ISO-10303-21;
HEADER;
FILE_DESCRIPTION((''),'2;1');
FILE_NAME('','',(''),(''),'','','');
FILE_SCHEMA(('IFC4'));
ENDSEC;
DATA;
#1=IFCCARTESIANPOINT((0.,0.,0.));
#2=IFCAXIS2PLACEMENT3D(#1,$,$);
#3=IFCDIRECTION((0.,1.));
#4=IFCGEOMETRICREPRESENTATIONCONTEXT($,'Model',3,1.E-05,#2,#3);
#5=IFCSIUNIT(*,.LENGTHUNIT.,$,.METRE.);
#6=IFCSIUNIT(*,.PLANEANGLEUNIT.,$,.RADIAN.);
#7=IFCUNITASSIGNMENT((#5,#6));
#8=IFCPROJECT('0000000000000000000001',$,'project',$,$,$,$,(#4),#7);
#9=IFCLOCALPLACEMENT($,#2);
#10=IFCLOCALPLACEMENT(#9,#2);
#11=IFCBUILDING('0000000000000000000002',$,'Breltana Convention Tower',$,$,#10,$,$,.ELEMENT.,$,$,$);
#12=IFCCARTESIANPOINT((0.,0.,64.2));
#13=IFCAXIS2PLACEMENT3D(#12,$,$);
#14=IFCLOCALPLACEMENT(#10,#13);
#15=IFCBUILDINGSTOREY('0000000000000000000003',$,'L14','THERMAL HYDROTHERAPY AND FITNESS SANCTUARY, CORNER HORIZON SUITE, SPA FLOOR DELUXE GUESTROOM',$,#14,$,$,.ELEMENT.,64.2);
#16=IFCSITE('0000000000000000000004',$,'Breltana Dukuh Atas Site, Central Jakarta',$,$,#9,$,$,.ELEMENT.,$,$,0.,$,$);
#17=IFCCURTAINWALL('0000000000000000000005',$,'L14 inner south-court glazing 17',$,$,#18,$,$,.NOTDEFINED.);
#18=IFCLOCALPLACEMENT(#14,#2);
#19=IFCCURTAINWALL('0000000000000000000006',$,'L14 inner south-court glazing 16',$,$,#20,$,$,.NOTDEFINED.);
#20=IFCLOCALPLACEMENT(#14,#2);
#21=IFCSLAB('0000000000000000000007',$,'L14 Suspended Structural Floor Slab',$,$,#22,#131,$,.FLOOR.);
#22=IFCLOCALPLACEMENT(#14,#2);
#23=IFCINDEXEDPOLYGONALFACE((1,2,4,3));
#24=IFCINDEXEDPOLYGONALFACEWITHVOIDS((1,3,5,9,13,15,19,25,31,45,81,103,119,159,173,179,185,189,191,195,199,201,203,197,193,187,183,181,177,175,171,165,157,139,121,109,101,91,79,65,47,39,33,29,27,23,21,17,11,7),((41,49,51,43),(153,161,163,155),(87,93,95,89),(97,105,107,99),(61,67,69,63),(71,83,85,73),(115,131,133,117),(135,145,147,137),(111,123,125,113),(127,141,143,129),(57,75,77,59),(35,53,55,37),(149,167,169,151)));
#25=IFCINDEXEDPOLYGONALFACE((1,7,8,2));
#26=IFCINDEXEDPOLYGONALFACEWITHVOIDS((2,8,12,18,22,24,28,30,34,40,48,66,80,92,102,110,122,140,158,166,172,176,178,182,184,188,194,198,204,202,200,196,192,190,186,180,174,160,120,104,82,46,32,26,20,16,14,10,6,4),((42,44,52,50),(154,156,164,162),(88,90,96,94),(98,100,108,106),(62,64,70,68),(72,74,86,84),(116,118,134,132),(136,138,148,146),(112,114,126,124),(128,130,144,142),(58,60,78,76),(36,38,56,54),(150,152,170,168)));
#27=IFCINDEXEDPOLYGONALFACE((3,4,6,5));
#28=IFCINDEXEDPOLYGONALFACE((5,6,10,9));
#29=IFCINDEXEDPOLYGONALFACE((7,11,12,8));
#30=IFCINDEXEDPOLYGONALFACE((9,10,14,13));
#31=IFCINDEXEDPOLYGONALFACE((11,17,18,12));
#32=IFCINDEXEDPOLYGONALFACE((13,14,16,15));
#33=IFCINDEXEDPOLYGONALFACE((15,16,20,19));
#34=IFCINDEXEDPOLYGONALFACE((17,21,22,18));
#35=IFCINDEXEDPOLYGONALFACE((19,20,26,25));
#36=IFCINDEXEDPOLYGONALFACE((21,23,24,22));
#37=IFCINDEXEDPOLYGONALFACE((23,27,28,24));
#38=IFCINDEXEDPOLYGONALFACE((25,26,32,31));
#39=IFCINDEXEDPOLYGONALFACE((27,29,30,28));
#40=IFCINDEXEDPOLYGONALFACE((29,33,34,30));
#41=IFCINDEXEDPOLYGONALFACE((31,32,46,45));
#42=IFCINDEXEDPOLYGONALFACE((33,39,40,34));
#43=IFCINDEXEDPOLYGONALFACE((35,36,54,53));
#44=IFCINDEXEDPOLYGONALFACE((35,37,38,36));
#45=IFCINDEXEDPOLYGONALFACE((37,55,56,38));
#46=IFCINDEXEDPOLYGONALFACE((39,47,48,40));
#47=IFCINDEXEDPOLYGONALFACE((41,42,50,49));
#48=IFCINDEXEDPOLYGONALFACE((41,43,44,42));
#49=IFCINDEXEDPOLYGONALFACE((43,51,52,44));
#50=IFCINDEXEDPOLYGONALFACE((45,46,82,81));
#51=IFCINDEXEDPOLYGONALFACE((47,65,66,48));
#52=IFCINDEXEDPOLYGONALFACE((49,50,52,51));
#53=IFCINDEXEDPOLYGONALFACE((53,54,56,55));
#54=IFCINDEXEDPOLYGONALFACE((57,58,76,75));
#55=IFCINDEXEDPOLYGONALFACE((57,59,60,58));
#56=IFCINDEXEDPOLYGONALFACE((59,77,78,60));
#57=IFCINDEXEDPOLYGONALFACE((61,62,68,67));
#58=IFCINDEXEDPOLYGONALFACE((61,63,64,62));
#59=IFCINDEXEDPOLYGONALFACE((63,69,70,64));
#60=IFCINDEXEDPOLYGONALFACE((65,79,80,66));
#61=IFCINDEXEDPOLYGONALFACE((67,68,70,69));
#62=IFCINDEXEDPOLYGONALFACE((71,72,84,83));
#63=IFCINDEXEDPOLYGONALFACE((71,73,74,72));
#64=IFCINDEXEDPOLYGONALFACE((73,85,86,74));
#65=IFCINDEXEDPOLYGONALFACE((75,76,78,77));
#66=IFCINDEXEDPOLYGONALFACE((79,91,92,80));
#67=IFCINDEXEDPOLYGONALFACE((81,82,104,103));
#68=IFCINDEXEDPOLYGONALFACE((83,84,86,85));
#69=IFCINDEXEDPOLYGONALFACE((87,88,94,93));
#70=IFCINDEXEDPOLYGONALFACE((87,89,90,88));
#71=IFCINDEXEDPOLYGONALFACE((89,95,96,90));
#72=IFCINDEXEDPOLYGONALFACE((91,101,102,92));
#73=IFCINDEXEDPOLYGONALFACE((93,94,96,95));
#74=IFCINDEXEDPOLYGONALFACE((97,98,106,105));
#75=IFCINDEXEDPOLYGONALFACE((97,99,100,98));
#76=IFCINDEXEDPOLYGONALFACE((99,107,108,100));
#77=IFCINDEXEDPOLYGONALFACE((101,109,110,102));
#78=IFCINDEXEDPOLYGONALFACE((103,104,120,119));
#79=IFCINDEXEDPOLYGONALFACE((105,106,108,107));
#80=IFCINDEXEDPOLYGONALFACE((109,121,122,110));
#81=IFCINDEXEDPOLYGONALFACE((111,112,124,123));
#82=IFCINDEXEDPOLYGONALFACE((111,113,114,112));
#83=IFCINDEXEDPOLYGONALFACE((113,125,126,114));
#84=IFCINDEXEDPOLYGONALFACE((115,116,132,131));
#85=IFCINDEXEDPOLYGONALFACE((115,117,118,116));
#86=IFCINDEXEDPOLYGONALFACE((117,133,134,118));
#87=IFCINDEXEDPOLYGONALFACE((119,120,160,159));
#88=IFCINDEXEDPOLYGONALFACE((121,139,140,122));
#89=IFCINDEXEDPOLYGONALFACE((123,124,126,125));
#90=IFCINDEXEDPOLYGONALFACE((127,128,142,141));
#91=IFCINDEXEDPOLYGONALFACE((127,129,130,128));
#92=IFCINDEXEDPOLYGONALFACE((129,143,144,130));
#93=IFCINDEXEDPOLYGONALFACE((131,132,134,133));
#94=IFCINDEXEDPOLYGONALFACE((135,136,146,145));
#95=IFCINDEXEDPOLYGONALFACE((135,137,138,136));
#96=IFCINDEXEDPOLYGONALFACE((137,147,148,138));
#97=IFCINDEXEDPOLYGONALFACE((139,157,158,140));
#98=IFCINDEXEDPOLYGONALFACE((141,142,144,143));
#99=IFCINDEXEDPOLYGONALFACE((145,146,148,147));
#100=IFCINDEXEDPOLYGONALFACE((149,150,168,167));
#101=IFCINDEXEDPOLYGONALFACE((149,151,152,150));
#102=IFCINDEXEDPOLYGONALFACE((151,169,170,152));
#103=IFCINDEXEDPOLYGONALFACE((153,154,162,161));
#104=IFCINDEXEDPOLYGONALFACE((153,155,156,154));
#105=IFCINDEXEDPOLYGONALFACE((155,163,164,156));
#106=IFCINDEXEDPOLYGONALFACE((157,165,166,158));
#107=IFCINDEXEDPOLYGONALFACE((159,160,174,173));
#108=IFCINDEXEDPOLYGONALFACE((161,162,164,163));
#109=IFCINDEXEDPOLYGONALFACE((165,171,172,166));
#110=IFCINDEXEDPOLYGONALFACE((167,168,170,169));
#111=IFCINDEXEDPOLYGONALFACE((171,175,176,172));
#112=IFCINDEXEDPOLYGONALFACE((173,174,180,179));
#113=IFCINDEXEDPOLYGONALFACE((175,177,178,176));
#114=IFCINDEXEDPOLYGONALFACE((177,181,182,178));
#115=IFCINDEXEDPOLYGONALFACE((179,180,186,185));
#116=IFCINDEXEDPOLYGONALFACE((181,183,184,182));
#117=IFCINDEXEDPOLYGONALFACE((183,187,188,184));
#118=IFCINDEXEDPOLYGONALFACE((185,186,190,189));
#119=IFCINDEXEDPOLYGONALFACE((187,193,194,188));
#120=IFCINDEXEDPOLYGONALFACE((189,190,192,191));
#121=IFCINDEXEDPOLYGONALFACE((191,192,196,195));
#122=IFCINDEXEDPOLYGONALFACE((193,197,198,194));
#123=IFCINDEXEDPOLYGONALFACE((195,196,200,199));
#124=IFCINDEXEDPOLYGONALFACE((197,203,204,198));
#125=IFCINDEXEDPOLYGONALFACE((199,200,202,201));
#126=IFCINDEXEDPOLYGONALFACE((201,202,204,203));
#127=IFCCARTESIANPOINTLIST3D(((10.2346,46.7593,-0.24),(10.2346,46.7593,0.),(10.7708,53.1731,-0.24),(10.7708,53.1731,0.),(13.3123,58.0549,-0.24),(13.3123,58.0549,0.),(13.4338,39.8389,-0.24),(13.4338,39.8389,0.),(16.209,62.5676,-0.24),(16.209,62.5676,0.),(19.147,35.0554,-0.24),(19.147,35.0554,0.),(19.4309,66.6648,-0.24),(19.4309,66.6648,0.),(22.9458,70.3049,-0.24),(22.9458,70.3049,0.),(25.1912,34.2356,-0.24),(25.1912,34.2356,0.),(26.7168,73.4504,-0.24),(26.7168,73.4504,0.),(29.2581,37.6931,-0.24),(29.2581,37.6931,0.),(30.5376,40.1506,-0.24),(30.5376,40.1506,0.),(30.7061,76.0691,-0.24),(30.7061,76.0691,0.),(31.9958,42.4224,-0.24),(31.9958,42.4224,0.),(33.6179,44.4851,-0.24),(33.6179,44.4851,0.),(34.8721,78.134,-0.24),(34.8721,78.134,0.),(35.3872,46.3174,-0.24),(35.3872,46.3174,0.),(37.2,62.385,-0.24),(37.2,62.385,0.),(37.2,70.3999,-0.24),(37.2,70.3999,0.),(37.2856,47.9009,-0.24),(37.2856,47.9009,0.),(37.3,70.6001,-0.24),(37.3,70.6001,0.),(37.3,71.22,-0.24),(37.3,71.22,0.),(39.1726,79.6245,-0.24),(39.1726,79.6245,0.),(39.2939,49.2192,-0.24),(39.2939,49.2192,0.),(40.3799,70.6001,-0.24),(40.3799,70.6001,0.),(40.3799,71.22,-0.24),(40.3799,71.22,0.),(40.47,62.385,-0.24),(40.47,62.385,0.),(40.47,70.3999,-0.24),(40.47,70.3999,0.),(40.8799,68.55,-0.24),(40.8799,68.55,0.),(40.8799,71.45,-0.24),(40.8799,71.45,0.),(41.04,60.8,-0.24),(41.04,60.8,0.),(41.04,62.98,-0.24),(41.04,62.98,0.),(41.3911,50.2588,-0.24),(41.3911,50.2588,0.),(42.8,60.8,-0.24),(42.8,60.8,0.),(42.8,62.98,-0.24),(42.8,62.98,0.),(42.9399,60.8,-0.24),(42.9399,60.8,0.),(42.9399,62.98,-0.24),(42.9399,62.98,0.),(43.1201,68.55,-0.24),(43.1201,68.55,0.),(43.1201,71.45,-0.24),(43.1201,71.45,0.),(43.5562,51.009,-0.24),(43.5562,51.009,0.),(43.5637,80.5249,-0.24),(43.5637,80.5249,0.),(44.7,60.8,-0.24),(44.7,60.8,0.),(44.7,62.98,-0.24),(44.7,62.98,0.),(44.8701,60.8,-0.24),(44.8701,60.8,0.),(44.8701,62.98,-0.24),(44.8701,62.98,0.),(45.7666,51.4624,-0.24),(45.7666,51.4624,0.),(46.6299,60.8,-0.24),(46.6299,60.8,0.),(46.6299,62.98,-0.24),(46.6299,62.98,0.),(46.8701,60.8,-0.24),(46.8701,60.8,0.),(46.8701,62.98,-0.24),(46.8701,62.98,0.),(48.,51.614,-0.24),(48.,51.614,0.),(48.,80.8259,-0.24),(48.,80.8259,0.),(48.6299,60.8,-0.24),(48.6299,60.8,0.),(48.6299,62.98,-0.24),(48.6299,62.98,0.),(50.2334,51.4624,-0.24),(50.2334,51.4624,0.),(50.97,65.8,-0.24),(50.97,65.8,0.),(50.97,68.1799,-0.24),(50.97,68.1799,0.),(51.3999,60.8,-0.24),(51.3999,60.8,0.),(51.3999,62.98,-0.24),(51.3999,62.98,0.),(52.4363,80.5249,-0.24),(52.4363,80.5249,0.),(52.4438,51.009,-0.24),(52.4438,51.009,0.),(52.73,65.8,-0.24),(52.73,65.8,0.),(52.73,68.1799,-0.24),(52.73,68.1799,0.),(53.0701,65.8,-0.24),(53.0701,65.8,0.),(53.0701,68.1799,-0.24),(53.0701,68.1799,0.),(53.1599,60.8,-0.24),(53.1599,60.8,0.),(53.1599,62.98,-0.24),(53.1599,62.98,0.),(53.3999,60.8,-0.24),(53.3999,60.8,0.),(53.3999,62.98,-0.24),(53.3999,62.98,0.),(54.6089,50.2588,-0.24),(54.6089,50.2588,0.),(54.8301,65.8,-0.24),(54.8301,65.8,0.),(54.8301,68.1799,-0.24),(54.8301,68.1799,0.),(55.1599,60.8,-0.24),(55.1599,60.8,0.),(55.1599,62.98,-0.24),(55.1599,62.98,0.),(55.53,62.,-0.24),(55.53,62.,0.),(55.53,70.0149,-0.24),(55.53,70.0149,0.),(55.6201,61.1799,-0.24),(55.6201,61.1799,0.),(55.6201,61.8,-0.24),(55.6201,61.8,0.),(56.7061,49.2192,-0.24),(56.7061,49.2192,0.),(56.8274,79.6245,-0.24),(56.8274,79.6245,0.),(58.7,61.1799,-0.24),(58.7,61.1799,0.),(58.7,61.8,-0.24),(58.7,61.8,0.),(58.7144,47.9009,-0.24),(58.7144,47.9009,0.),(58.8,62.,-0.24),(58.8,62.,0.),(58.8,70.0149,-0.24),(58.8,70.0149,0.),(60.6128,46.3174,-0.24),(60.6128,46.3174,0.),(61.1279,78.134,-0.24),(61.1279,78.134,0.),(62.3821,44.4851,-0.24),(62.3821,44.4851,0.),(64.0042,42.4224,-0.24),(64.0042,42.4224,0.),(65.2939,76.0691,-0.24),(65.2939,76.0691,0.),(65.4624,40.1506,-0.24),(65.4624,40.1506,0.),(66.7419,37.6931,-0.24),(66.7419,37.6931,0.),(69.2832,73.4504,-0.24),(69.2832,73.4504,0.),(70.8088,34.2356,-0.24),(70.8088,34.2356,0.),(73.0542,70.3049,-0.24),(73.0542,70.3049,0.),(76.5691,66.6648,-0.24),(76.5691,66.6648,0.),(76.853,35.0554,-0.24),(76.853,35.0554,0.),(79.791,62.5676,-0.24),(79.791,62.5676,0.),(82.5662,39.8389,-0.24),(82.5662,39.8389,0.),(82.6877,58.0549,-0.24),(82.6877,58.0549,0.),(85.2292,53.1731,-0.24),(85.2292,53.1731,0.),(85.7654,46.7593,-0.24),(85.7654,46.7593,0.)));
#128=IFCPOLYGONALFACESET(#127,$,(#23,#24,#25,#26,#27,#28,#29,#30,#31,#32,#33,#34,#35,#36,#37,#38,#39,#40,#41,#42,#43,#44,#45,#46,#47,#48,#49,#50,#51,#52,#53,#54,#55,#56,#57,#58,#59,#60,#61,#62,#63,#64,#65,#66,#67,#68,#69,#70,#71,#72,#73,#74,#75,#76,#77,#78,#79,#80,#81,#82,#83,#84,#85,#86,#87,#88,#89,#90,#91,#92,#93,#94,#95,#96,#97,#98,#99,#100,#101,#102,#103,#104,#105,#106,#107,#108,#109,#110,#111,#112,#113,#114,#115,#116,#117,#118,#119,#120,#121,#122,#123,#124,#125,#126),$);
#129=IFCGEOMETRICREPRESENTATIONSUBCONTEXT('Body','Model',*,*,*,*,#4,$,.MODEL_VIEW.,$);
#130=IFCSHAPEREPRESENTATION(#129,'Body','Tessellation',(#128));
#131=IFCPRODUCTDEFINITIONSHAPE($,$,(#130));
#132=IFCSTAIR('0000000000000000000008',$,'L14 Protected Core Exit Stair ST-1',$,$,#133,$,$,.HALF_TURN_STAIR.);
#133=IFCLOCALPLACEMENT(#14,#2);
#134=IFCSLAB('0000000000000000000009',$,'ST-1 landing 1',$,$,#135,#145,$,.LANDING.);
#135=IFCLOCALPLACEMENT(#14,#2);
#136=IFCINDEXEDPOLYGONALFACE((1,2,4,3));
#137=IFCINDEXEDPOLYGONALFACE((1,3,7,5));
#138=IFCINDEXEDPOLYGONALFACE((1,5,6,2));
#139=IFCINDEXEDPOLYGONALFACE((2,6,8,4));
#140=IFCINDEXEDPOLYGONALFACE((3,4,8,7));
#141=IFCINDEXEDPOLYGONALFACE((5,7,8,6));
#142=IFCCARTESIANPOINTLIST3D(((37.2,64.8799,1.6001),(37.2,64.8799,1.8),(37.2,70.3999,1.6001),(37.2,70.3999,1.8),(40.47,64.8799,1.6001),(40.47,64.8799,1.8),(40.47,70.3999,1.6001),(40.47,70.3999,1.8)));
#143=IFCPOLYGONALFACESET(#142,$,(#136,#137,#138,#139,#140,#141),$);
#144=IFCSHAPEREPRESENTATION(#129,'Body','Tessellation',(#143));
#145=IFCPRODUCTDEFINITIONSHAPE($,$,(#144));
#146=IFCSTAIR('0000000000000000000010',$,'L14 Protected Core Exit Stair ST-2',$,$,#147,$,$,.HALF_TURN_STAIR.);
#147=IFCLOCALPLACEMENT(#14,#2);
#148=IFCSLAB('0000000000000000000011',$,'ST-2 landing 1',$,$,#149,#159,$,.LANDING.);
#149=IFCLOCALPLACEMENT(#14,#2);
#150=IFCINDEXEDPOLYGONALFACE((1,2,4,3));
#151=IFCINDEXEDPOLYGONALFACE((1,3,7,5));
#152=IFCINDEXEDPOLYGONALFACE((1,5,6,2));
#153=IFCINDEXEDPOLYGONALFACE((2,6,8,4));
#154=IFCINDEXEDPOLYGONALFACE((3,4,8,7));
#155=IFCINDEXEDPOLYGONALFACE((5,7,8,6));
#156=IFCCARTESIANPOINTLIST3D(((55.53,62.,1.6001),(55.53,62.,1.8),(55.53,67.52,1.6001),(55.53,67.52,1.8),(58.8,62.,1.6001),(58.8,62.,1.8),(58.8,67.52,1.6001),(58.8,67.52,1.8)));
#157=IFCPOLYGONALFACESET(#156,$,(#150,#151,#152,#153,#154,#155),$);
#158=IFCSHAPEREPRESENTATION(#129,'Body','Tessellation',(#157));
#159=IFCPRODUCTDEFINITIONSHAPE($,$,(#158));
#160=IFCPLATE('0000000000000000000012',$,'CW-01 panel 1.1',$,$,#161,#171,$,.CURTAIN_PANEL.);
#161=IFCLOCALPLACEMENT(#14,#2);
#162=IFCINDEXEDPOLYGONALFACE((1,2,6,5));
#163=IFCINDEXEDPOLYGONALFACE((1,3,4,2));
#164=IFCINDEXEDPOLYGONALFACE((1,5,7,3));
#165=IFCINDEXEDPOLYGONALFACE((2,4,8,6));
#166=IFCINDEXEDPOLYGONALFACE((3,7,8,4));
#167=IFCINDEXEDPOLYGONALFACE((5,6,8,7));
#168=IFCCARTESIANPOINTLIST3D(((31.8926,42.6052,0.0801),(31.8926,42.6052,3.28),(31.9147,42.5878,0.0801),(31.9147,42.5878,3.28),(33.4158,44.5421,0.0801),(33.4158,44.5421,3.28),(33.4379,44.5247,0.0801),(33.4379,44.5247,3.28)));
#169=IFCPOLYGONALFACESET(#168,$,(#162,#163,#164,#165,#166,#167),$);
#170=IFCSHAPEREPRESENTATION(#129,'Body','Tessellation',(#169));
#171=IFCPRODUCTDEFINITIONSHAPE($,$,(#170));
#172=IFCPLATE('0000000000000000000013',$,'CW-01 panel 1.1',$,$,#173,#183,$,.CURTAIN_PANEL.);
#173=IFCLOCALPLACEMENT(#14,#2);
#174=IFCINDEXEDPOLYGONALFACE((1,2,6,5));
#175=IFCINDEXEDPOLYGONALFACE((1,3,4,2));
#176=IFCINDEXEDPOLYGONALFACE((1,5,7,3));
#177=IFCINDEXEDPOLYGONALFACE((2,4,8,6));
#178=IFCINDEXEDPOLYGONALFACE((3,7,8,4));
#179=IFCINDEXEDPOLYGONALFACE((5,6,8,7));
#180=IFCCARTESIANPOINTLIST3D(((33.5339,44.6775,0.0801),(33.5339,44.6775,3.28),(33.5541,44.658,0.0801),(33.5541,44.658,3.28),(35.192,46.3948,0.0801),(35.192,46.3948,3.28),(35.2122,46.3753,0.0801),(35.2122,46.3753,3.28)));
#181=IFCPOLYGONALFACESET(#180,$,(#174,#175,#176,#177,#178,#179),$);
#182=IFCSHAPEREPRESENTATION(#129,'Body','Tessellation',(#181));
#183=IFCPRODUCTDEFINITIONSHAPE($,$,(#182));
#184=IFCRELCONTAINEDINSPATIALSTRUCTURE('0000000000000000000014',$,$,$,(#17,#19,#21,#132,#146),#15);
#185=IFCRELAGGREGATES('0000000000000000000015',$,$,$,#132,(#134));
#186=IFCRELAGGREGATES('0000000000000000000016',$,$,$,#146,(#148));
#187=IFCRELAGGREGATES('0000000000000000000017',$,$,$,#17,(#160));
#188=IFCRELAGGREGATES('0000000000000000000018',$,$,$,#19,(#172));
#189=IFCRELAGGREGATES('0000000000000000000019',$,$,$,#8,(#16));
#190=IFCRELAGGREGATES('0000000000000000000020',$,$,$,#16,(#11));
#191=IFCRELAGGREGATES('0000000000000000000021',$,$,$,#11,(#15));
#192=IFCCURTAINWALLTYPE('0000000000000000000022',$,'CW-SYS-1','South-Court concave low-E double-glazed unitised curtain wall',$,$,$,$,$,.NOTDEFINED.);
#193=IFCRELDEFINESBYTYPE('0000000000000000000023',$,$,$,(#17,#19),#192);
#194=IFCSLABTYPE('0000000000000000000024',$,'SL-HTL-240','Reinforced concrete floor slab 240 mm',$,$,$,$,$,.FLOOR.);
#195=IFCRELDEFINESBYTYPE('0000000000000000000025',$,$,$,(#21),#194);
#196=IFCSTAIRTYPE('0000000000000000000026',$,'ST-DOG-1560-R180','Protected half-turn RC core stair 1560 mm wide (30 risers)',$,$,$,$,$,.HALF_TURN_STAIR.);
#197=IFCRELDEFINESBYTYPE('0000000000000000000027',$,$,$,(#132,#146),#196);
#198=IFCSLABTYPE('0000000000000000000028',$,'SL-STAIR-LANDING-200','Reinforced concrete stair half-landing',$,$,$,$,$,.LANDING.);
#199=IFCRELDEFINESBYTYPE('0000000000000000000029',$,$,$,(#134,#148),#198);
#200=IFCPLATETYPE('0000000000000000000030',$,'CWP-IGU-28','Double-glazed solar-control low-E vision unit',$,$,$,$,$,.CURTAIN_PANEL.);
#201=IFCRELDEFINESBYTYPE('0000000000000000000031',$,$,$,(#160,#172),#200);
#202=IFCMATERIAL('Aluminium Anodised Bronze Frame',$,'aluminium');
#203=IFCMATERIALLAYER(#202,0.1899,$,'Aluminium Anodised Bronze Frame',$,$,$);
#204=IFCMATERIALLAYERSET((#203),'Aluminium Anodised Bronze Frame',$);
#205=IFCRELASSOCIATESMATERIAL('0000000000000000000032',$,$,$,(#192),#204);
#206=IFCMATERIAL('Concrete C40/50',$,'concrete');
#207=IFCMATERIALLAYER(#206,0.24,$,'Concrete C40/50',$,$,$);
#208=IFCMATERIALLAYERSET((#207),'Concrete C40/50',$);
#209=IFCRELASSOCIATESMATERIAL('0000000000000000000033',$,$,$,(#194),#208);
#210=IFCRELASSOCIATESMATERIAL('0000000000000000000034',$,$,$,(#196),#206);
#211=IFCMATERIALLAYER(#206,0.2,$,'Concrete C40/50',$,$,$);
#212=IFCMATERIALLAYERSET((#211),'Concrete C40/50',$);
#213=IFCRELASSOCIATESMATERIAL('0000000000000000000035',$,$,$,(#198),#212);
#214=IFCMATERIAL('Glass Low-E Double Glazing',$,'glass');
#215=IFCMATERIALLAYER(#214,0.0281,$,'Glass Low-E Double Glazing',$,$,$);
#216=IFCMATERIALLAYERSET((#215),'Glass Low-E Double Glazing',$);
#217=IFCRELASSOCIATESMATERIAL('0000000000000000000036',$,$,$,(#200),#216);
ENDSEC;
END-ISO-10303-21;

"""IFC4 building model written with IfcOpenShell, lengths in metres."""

from ifc_helpers import new_model, si_unit, direction, frame, origin, origin_2d, place, context, subcontext, project, spatial, polyline, rectangle, outline, extrude, source, transform, mapped, material, layer, layer_set, type_object, element, aggregate, save


model = new_model("IFC4")

# Units and contexts
model_context = context("Model", 3, precision=1e-05, world=origin(), true_north=direction((0.0, 1.0)))
body_context = subcontext(model_context, "Body", "Model", "MODEL_VIEW")
ifc_project = project(units=[si_unit("LENGTHUNIT", "METRE"), si_unit("PLANEANGLEUNIT", "RADIAN")], contexts=[model_context])

# Site, building, storey
site_placement = place(None, origin())
site = spatial("IfcSite", under=ifc_project, at=site_placement, Name="Breltana Dukuh Atas Site, Central Jakarta", CompositionType="ELEMENT", RefElevation=0.0)
building_placement = place(site_placement, origin())
building = spatial("IfcBuilding", under=site, at=building_placement, Name="Breltana Convention Tower", CompositionType="ELEMENT")
storey_placement = place(building_placement, frame((0.0, 0.0, 64.2)))
storey = spatial("IfcBuildingStorey", under=building, at=storey_placement, Name="L14", Description="THERMAL HYDROTHERAPY AND FITNESS SANCTUARY, CORNER HORIZON SUITE, SPA FLOOR DELUXE GUESTROOM", CompositionType="ELEMENT", Elevation=64.2)

# Curtain wall
ifc_material_1 = material(Name="Aluminium Anodised Bronze Frame", Category="aluminium")
ifc_layer_1 = layer(ifc_material_1, 0.1899, Name="Aluminium Anodised Bronze Frame")
ifc_layer_set_1 = layer_set([ifc_layer_1], Name="Aluminium Anodised Bronze Frame")
curtain_wall_type = type_object("IfcCurtainWallType", Name="CW-SYS-1", Description="South-Court concave low-E double-glazed unitised curtain wall", PredefinedType="NOTDEFINED", material=ifc_layer_set_1)
curtain_wall_1_placement = place(storey_placement, origin())
curtain_wall_1 = element("IfcCurtainWall", 1, at=curtain_wall_1_placement, inside=storey, type_object=curtain_wall_type, Name="L14 inner south-court glazing 17", PredefinedType="NOTDEFINED")

# Curtain wall
curtain_wall_2_placement = place(storey_placement, origin())
curtain_wall_2 = element("IfcCurtainWall", 2, at=curtain_wall_2_placement, inside=storey, type_object=curtain_wall_type, Name="L14 inner south-court glazing 16", PredefinedType="NOTDEFINED")

# Slab
ifc_material_2 = material(Name="Concrete C40/50", Category="concrete")
ifc_layer_2 = layer(ifc_material_2, 0.24, Name="Concrete C40/50")
ifc_layer_set_2 = layer_set([ifc_layer_2], Name="Concrete C40/50")
slab_type_1 = type_object("IfcSlabType", Name="SL-HTL-240", Description="Reinforced concrete floor slab 240 mm", PredefinedType="FLOOR", material=ifc_layer_set_2)
slab_1_placement = place(storey_placement, frame((0.0, 0.0, -0.24)))
element("IfcSlab", 3, at=slab_1_placement, inside=storey, type_object=slab_type_1, Name="L14 Suspended Structural Floor Slab", PredefinedType="FLOOR", context=body_context, shape_type="SweptSolid", body=[
    extrude(outline(polyline([(85.2292, 53.1731), (82.6877, 58.0549), (79.791, 62.5676), (76.5691, 66.6648), (73.0542, 70.3049), (69.2832, 73.4504), (65.2939, 76.0691), (61.1279, 78.134), (56.8274, 79.6245), (52.4363, 80.5249), (48.0, 80.8259), (43.5637, 80.5249), (39.1726, 79.6245), (34.8721, 78.134), (30.7061, 76.0691), (26.7168, 73.4504), (22.9458, 70.3049), (19.4309, 66.6648), (16.209, 62.5676), (13.3123, 58.0549), (10.7708, 53.1731), (10.2346, 46.7593), (13.4338, 39.8389), (19.147, 35.0554), (25.1912, 34.2356), (29.2581, 37.6931), (30.5376, 40.1506), (31.9958, 42.4224), (33.6179, 44.4851), (35.3872, 46.3174), (37.2856, 47.9009), (39.2939, 49.2192), (41.3911, 50.2588), (43.5562, 51.009), (45.7666, 51.4624), (48.0, 51.614), (50.2334, 51.4624), (52.4438, 51.009), (54.6089, 50.2588), (56.7061, 49.2192), (58.7144, 47.9009), (60.6128, 46.3174), (62.3821, 44.4851), (64.0042, 42.4224), (65.4624, 40.1506), (66.7419, 37.6931), (70.8088, 34.2356), (76.853, 35.0554), (82.5662, 39.8389), (85.7654, 46.7593), (85.2292, 53.1731)]), holes=[polyline([(37.2, 62.385), (40.47, 62.385), (40.47, 70.3999), (37.2, 70.3999), (37.2, 62.385)]), polyline([(55.53, 62.0), (58.8, 62.0), (58.8, 70.0149), (55.53, 70.0149), (55.53, 62.0)]), polyline([(41.04, 60.8), (42.8, 60.8), (42.8, 62.98), (41.04, 62.98), (41.04, 60.8)]), polyline([(42.9399, 60.8), (44.7, 60.8), (44.7, 62.98), (42.9399, 62.98), (42.9399, 60.8)]), polyline([(44.8701, 60.8), (46.6299, 60.8), (46.6299, 62.98), (44.8701, 62.98), (44.8701, 60.8)]), polyline([(46.8701, 60.8), (48.6299, 60.8), (48.6299, 62.98), (46.8701, 62.98), (46.8701, 60.8)]), polyline([(51.3999, 60.8), (53.1599, 60.8), (53.1599, 62.98), (51.3999, 62.98), (51.3999, 60.8)]), polyline([(53.3999, 60.8), (55.1599, 60.8), (55.1599, 62.98), (53.3999, 62.98), (53.3999, 60.8)]), polyline([(50.97, 65.8), (52.73, 65.8), (52.73, 68.1799), (50.97, 68.1799), (50.97, 65.8)]), polyline([(53.0701, 65.8), (54.8301, 65.8), (54.8301, 68.1799), (53.0701, 68.1799), (53.0701, 65.8)]), polyline([(40.8799, 68.55), (43.1201, 68.55), (43.1201, 71.45), (40.8799, 71.45), (40.8799, 68.55)]), polyline([(37.3, 70.6001), (40.3799, 70.6001), (40.3799, 71.22), (37.3, 71.22), (37.3, 70.6001)]), polyline([(55.6201, 61.1799), (58.7, 61.1799), (58.7, 61.8), (55.6201, 61.8), (55.6201, 61.1799)])]), origin(), (0.0, 0.0, 1.0), 0.24),
])

# Stairs, slabs
stair_type = type_object("IfcStairType", Name="ST-DOG-1560-R180", Description="Protected half-turn RC core stair 1560 mm wide (30 risers)", PredefinedType="HALF_TURN_STAIR", material=ifc_material_2)
stair_1_placement = place(storey_placement, origin())
stair_1 = element("IfcStair", 4, at=stair_1_placement, inside=storey, type_object=stair_type, Name="L14 Protected Core Exit Stair ST-1", PredefinedType="HALF_TURN_STAIR")
ifc_layer_3 = layer(ifc_material_2, 0.2, Name="Concrete C40/50")
ifc_layer_set_3 = layer_set([ifc_layer_3], Name="Concrete C40/50")
slab_type_2 = type_object("IfcSlabType", Name="SL-STAIR-LANDING-200", Description="Reinforced concrete stair half-landing", PredefinedType="LANDING", material=ifc_layer_set_3)
slab_2_placement = place(storey_placement, frame((0.0, 0.0, 1.6001)))
slab_2 = element("IfcSlab", 5, at=slab_2_placement, type_object=slab_type_2, Name="ST-1 landing 1", PredefinedType="LANDING", context=body_context, shape_type="SweptSolid", body=[
    extrude(outline(polyline([(40.47, 64.8799), (40.47, 70.3999), (37.2, 70.3999), (37.2, 64.8799), (40.47, 64.8799)])), origin(), (0.0, 0.0, 1.0), 0.2),
])
aggregate(stair_1, [slab_2])
stair_2_placement = place(storey_placement, origin())
stair_2 = element("IfcStair", 6, at=stair_2_placement, inside=storey, type_object=stair_type, Name="L14 Protected Core Exit Stair ST-2", PredefinedType="HALF_TURN_STAIR")
slab_3_placement = place(storey_placement, frame((0.0, 0.0, 1.6001)))
slab_3 = element("IfcSlab", 7, at=slab_3_placement, type_object=slab_type_2, Name="ST-2 landing 1", PredefinedType="LANDING", context=body_context, shape_type="SweptSolid", body=[
    extrude(outline(polyline([(55.53, 67.52), (55.53, 62.0), (58.8, 62.0), (58.8, 67.52), (55.53, 67.52)])), origin(), (0.0, 0.0, 1.0), 0.2),
])
aggregate(stair_2, [slab_3])

# Plates
ifc_material_3 = material(Name="Glass Low-E Double Glazing", Category="glass")
ifc_layer_4 = layer(ifc_material_3, 0.0281, Name="Glass Low-E Double Glazing")
ifc_layer_set_4 = layer_set([ifc_layer_4], Name="Glass Low-E Double Glazing")
plate_type = type_object("IfcPlateType", Name="CWP-IGU-28", Description="Double-glazed solar-control low-E vision unit", PredefinedType="CURTAIN_PANEL", material=ifc_layer_set_4)
shared_shape_1 = source(origin(), body_context, "Body", "SweptSolid", [
    extrude(rectangle(XDim=2.4641, YDim=0.0281, at=origin_2d()), origin(), (0.0, 0.0, 1.0), 3.2),
])
plate_1_placement = place(storey_placement, frame((32.6653, 43.5649, 0.0801), z_axis=(0.0, 0.0, 1.0), x_axis=(-0.618153, -0.786058, 0.0)))
plate_1 = element("IfcPlate", 8, at=plate_1_placement, type_object=plate_type, Name="CW-01 panel 1.1", PredefinedType="CURTAIN_PANEL", context=body_context, shape_type="MappedRepresentation", body=[
    mapped(shared_shape_1, transform((0.0, 0.0, 0.0), scale=1.0)),
])
aggregate(curtain_wall_1, [plate_1])
shared_shape_2 = source(origin(), body_context, "Body", "SweptSolid", [
    extrude(rectangle(XDim=2.3872, YDim=0.0281, at=origin_2d()), origin(), (0.0, 0.0, 1.0), 3.2),
])
plate_2_placement = place(storey_placement, frame((34.373, 45.5264, 0.0801), z_axis=(0.0, 0.0, 1.0), x_axis=(-0.694612, -0.719385, 0.0)))
plate_2 = element("IfcPlate", 9, at=plate_2_placement, type_object=plate_type, Name="CW-01 panel 1.1", PredefinedType="CURTAIN_PANEL", context=body_context, shape_type="MappedRepresentation", body=[
    mapped(shared_shape_2, transform((0.0, 0.0, 0.0), scale=1.0)),
])
aggregate(curtain_wall_2, [plate_2])

save(model, "model.ifc")
